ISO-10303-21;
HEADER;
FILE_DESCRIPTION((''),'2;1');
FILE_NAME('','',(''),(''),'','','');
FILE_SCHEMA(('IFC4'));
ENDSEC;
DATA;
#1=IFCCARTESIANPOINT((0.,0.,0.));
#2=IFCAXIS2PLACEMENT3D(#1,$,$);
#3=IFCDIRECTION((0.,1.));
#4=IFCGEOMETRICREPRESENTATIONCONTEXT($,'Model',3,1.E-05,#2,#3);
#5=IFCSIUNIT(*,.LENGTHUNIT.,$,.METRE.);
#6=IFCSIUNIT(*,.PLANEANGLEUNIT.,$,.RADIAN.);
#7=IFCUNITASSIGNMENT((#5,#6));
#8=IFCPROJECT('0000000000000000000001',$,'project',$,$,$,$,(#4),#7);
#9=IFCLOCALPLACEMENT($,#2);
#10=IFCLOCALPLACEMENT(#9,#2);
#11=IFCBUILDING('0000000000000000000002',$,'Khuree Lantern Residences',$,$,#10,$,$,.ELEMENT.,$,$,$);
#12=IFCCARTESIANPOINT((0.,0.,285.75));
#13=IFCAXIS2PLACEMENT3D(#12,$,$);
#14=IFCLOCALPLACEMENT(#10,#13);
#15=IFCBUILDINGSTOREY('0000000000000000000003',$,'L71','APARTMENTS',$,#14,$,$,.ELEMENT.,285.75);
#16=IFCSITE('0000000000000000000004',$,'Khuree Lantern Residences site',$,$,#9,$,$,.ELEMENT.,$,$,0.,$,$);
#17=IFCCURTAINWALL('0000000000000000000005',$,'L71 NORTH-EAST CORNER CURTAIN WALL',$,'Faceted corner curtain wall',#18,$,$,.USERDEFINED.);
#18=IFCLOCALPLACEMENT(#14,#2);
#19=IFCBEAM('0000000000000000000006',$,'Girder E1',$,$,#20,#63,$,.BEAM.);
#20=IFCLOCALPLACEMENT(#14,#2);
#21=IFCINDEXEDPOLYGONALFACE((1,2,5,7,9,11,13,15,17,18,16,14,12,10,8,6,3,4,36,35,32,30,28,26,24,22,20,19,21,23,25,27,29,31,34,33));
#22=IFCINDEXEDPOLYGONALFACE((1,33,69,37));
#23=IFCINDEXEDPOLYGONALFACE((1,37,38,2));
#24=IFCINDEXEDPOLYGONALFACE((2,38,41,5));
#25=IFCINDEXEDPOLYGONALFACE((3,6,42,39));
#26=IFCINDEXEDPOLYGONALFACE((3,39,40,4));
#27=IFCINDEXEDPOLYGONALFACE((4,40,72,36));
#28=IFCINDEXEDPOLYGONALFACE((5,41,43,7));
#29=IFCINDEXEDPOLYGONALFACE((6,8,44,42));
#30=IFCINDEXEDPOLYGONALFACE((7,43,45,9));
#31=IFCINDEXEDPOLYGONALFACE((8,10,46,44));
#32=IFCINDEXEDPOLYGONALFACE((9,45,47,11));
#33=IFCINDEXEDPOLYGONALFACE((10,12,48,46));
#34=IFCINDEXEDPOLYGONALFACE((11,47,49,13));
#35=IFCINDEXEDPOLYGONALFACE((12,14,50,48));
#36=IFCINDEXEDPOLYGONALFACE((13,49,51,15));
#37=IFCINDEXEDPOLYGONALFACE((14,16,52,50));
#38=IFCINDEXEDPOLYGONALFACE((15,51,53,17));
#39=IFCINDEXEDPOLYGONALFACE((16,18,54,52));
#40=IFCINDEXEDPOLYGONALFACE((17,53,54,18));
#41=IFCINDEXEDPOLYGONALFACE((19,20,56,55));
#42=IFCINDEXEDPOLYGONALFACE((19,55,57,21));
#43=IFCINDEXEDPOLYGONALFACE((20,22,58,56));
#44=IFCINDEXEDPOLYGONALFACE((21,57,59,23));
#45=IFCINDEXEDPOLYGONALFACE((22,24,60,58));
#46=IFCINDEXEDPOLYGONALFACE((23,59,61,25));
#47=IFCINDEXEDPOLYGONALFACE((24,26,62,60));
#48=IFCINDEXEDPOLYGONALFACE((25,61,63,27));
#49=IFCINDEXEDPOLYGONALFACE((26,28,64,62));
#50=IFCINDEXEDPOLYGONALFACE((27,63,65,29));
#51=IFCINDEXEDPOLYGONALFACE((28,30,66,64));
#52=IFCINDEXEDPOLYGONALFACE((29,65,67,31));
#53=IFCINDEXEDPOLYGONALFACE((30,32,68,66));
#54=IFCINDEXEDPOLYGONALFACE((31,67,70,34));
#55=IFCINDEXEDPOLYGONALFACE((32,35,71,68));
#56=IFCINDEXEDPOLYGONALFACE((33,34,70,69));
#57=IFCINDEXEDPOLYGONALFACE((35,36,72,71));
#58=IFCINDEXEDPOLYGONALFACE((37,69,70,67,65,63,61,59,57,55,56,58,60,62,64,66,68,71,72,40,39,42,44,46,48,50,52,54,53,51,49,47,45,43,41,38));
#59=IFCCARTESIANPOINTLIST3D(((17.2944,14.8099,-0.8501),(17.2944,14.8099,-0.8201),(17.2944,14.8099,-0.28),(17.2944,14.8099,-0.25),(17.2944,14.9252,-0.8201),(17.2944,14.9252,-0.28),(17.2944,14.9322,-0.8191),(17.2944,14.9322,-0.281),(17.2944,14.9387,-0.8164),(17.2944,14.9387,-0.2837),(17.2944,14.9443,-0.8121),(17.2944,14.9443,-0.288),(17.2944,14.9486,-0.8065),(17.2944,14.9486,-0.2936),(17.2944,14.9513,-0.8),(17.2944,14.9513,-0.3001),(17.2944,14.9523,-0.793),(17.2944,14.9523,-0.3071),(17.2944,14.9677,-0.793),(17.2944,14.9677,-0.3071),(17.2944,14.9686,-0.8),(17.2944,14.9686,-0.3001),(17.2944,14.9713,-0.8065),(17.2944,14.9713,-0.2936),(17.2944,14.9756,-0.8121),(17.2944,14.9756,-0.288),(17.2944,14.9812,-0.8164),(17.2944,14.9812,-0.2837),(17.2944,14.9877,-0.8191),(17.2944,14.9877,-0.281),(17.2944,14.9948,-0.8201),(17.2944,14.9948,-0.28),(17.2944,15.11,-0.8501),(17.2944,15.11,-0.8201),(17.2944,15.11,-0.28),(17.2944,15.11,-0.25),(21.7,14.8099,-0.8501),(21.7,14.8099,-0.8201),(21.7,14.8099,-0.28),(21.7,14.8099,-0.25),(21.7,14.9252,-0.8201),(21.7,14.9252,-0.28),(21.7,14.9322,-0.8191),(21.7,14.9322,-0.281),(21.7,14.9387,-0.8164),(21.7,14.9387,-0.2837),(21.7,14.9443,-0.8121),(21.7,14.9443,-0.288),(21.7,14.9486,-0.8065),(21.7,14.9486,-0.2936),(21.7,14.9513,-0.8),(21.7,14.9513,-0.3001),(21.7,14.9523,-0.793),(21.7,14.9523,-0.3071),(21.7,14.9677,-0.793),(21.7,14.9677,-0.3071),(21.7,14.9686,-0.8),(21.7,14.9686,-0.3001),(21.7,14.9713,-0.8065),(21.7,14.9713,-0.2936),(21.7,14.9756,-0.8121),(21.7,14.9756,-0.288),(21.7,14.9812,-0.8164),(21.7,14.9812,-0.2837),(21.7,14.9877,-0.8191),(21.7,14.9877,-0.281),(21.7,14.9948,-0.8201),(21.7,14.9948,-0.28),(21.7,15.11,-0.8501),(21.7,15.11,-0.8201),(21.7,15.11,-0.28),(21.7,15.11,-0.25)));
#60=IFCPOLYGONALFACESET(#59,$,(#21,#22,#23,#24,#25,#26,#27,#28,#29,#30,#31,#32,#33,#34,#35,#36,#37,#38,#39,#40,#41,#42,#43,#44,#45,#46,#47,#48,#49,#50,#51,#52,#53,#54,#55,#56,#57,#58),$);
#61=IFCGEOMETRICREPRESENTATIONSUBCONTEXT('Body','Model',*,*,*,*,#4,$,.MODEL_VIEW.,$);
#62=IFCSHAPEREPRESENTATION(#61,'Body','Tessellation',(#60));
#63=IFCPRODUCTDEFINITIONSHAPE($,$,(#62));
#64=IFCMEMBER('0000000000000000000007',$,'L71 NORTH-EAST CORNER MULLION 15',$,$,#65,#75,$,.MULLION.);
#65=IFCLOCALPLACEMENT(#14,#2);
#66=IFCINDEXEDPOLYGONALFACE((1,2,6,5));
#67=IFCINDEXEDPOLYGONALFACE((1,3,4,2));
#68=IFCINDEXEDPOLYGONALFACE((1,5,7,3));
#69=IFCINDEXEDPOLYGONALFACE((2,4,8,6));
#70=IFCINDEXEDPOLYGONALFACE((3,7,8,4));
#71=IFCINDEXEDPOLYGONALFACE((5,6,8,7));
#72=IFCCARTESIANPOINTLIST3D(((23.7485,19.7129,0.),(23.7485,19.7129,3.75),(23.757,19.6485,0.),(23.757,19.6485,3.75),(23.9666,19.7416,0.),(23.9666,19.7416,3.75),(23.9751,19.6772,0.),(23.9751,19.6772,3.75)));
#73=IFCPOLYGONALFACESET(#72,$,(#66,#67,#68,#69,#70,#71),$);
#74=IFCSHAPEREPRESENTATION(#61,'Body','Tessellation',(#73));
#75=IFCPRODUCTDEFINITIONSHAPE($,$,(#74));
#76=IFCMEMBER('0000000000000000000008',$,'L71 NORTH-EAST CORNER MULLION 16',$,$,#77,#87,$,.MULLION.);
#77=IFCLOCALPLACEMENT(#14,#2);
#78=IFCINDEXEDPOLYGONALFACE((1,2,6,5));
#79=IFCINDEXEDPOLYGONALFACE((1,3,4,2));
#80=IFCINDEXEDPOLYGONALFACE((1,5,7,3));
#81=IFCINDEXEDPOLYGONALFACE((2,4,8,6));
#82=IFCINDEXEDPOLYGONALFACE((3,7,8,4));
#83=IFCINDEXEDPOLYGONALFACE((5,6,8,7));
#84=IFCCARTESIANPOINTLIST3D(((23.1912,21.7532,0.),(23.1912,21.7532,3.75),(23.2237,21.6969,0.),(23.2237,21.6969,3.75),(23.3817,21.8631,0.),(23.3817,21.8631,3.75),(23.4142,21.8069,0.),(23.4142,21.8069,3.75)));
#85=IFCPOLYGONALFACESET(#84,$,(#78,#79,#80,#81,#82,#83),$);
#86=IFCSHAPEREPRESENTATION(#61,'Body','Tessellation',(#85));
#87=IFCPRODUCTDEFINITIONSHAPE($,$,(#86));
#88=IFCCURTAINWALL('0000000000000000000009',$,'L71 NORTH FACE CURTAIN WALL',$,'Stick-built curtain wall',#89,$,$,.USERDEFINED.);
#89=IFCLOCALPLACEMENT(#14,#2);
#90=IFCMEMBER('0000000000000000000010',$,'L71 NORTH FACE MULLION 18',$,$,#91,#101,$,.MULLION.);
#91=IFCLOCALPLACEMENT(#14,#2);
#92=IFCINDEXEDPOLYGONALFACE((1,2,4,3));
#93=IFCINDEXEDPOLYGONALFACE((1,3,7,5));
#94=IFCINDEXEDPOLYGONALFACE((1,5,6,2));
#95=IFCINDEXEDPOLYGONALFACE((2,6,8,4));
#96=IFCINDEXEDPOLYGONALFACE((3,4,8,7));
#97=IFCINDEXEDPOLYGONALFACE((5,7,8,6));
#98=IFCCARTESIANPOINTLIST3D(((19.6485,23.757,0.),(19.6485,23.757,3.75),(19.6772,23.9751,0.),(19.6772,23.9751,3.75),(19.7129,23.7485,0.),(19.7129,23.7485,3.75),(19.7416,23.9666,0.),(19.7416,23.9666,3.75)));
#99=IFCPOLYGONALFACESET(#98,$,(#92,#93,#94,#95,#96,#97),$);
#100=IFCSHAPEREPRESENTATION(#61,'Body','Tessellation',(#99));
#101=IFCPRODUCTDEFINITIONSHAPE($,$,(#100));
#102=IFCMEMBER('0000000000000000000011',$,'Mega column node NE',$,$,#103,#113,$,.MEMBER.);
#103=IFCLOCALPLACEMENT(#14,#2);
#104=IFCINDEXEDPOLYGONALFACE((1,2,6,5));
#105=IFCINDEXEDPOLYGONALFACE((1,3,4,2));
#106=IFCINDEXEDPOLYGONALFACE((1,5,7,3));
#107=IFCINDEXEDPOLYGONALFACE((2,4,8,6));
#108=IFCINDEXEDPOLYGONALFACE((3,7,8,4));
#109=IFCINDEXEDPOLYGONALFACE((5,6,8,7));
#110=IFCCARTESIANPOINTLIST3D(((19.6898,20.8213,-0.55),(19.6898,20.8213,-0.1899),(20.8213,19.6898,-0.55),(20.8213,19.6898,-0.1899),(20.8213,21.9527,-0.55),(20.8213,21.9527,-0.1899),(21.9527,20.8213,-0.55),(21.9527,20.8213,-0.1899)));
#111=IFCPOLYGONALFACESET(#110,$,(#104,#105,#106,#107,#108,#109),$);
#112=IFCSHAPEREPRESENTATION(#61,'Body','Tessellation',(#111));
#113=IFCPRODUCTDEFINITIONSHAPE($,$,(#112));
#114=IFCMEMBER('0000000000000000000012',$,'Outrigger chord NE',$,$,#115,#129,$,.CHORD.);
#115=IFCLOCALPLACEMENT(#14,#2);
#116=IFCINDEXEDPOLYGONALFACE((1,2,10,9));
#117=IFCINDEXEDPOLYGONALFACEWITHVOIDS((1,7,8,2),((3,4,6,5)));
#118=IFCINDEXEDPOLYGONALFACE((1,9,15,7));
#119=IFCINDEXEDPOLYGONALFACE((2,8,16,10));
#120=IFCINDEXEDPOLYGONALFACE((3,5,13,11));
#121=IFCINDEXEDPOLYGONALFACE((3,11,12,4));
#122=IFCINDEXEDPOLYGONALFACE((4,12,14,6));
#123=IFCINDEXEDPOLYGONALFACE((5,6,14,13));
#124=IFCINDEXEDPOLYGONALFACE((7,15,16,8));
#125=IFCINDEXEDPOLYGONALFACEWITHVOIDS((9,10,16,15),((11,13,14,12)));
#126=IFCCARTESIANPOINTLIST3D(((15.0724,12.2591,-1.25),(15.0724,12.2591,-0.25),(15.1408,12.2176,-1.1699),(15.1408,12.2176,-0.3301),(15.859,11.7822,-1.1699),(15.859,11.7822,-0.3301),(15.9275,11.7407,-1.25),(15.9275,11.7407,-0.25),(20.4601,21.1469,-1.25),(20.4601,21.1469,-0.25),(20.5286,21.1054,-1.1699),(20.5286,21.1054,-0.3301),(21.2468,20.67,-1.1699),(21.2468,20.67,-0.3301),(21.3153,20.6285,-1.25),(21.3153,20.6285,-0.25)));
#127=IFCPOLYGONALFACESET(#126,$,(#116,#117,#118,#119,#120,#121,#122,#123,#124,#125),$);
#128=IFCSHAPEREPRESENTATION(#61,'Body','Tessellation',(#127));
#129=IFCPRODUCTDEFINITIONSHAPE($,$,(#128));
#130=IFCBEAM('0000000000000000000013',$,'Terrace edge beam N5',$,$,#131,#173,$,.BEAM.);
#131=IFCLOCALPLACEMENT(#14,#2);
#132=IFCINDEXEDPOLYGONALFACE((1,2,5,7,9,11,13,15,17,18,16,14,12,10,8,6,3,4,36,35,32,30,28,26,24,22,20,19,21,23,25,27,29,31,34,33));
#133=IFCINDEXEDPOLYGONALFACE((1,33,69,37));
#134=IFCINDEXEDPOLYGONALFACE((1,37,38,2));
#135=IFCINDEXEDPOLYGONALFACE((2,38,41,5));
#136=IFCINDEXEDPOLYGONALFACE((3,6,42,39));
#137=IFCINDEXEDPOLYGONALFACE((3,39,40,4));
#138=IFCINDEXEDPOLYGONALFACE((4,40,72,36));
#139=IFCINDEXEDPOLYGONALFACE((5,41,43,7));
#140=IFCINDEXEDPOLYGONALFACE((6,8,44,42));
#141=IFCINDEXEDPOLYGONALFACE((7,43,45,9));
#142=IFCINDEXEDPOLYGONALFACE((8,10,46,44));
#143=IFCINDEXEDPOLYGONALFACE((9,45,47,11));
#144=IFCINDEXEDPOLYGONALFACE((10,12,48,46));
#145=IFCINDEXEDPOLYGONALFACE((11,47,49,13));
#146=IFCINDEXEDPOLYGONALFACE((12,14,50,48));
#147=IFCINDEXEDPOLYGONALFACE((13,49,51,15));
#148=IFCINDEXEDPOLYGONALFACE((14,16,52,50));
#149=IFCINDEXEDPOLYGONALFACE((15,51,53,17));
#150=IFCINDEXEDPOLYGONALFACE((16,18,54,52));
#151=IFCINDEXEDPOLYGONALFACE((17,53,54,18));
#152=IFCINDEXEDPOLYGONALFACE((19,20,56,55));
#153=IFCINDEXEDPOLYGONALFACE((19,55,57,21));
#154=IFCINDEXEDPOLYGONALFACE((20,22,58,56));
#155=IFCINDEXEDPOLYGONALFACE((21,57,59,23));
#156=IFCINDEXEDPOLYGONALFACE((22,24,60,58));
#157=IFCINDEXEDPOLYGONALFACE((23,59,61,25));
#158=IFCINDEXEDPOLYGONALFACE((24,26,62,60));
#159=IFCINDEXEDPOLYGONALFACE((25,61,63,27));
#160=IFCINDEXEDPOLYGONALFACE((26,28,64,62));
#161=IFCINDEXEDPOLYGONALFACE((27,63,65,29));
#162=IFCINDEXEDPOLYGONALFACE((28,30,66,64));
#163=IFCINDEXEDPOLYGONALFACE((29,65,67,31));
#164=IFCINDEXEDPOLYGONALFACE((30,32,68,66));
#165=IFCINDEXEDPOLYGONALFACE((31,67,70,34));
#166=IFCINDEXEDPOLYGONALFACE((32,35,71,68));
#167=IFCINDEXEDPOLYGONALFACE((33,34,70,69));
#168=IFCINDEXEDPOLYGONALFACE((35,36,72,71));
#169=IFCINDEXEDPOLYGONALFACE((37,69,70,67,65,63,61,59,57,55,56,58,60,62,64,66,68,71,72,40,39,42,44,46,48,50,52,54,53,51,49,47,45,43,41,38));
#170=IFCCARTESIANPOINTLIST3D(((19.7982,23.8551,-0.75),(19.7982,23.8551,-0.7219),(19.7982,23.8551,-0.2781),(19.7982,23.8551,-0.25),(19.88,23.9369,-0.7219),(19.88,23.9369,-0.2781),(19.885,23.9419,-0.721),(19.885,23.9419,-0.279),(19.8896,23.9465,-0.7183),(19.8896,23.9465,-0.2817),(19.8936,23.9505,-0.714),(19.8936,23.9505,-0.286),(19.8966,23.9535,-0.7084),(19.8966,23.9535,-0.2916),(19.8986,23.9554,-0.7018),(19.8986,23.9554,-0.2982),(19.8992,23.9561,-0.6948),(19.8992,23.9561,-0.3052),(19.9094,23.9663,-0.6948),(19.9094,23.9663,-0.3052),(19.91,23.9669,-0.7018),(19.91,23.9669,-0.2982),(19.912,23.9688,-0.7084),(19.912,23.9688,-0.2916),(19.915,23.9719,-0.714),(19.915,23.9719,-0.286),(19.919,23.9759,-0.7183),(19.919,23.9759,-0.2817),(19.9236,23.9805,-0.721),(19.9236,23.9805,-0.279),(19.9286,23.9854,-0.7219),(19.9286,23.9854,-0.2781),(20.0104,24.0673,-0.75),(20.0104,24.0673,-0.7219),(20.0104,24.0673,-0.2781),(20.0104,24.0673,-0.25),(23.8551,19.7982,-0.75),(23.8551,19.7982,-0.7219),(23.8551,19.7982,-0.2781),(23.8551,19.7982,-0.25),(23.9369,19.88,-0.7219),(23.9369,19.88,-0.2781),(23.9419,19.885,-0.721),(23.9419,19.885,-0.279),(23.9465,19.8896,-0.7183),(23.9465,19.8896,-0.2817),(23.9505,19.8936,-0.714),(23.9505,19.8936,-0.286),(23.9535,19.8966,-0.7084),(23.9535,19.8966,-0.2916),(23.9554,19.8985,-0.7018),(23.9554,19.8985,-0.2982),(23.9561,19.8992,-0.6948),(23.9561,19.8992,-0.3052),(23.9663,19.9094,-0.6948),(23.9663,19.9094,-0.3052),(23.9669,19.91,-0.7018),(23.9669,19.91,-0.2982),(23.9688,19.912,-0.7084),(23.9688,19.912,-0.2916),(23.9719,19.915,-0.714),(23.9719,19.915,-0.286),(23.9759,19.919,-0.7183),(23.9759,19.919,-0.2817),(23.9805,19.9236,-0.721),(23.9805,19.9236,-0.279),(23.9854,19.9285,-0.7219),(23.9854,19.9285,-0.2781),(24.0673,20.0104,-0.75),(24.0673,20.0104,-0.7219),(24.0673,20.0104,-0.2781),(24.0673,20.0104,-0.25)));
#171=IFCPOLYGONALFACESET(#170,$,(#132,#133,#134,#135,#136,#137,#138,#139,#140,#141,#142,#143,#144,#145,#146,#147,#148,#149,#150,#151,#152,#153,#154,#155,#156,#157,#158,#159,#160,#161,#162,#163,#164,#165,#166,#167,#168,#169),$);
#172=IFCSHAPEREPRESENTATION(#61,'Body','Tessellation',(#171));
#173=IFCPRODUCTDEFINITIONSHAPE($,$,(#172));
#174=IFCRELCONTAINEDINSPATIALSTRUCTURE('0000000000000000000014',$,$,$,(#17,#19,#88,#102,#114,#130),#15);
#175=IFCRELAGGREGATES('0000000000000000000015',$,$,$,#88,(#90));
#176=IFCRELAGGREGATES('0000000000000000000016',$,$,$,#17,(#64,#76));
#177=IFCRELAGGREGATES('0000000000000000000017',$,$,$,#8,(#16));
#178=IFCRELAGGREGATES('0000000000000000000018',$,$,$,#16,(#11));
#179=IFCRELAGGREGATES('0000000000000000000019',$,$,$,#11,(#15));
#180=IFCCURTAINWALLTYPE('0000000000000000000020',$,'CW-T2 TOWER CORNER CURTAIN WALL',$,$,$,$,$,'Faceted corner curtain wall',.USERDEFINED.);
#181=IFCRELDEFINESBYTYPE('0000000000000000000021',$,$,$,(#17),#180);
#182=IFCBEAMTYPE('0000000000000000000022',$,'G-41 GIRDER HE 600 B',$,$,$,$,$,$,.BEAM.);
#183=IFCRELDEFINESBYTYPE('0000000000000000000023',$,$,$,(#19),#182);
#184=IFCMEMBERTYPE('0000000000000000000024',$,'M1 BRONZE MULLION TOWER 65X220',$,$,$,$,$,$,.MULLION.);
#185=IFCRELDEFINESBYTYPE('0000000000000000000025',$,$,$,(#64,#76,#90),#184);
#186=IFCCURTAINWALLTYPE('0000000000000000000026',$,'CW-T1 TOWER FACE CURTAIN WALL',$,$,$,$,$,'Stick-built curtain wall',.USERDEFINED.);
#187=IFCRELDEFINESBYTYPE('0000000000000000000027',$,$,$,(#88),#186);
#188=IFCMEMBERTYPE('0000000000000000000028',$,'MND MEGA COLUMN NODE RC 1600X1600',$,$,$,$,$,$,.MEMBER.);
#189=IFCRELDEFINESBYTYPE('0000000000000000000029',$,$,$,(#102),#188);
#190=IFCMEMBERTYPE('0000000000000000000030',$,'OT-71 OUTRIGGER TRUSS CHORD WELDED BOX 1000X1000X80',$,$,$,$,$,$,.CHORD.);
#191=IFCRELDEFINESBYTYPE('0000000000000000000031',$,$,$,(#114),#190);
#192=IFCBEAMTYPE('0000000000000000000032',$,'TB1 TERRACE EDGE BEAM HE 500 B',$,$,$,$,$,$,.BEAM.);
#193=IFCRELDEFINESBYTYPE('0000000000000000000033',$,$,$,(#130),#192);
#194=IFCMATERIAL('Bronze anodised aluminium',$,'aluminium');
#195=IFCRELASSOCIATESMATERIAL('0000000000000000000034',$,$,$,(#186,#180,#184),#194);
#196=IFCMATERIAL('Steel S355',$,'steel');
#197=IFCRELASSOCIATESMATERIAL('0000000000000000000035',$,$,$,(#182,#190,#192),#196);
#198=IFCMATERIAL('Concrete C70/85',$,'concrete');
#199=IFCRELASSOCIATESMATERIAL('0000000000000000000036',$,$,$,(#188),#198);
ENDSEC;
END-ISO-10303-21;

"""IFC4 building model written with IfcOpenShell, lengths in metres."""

from ifc_helpers import new_model, si_unit, direction, frame, origin, origin_2d, place, context, subcontext, project, spatial, rectangle, hollow_rectangle, i_section, extrude, material, material_profile, profile_set, type_object, element, aggregate, save


model = new_model("IFC4")

# Units and contexts
model_context = context("Model", 3, precision=1e-05, world=origin(), true_north=direction((0.0, 1.0)))
body_context = subcontext(model_context, "Body", "Model", "MODEL_VIEW")
ifc_project = project(units=[si_unit("LENGTHUNIT", "METRE"), si_unit("PLANEANGLEUNIT", "RADIAN")], contexts=[model_context])

# Site, building, storey
site_placement = place(None, origin())
site = spatial("IfcSite", under=ifc_project, at=site_placement, Name="Khuree Lantern Residences site", CompositionType="ELEMENT", RefElevation=0.0)
building_placement = place(site_placement, origin())
building = spatial("IfcBuilding", under=site, at=building_placement, Name="Khuree Lantern Residences", CompositionType="ELEMENT")
storey_placement = place(building_placement, frame((0.0, 0.0, 285.75)))
storey = spatial("IfcBuildingStorey", under=building, at=storey_placement, Name="L71", Description="APARTMENTS", CompositionType="ELEMENT", Elevation=285.75)

# Shared definitions
ifc_material_1 = material(Name="Concrete C70/85", Category="concrete")

# Shared definitions
ifc_material_2 = material(Name="Steel S355", Category="steel")

# Curtain wall
ifc_material_3 = material(Name="Bronze anodised aluminium", Category="aluminium")
curtain_wall_type_1 = type_object("IfcCurtainWallType", Name="CW-T1 TOWER FACE CURTAIN WALL", ElementType="Stick-built curtain wall", PredefinedType="USERDEFINED", material=ifc_material_3)
curtain_wall_type_2 = type_object("IfcCurtainWallType", Name="CW-T2 TOWER CORNER CURTAIN WALL", ElementType="Faceted corner curtain wall", PredefinedType="USERDEFINED", material=ifc_material_3)
curtain_wall_1_placement = place(storey_placement, origin())
curtain_wall_1 = element("IfcCurtainWall", 1, at=curtain_wall_1_placement, inside=storey, type_object=curtain_wall_type_2, Name="L71 NORTH-EAST CORNER CURTAIN WALL", ObjectType="Faceted corner curtain wall", PredefinedType="USERDEFINED")

# Beam
ifc_material_profile_1 = material_profile(ifc_material_2, i_section(OverallWidth=0.3, OverallDepth=0.6001, WebThickness=0.0154, FlangeThickness=0.03, FilletRadius=0.0271, at=origin_2d()), Name="HE 600 B")
ifc_profile_set_1 = profile_set([ifc_material_profile_1], Name="Steel S355")
beam_type_1 = type_object("IfcBeamType", Name="G-41 GIRDER HE 600 B", PredefinedType="BEAM", material=ifc_profile_set_1)
beam_1_placement = place(storey_placement, frame((21.7, 14.96, -0.55), z_axis=(-1.0, 0.0, 0.0), x_axis=(0.0, -1.0, 0.0)))
element("IfcBeam", 2, at=beam_1_placement, inside=storey, type_object=beam_type_1, Name="Girder E1", PredefinedType="BEAM", context=body_context, shape_type="SweptSolid", body=[
    extrude(i_section(OverallWidth=0.3, OverallDepth=0.6001, WebThickness=0.0154, FlangeThickness=0.03, FilletRadius=0.0271, at=origin_2d()), origin(), (0.0, 0.0, 1.0), 4.4055),
])

# Members
ifc_material_profile_2 = material_profile(ifc_material_3, rectangle(XDim=0.0649, YDim=0.22, at=origin_2d()), Name="M1 65X220")
ifc_profile_set_2 = profile_set([ifc_material_profile_2], Name="Bronze anodised aluminium")
member_type_1 = type_object("IfcMemberType", Name="M1 BRONZE MULLION TOWER 65X220", PredefinedType="MULLION", material=ifc_profile_set_2)
member_1_placement = place(storey_placement, frame((23.8618, 19.6951, 0.0), z_axis=(0.0, 0.0, 1.0), x_axis=(-0.130526, 0.991445, 0.0)))
member_1 = element("IfcMember", 3, at=member_1_placement, type_object=member_type_1, Name="L71 NORTH-EAST CORNER MULLION 15", PredefinedType="MULLION", context=body_context, shape_type="SweptSolid", body=[
    extrude(rectangle(XDim=0.0649, YDim=0.22, at=origin_2d()), origin(), (0.0, 0.0, 1.0), 3.75),
])
member_2_placement = place(storey_placement, frame((23.3027, 21.78, 0.0), z_axis=(0.0, 0.0, 1.0), x_axis=(-0.5, 0.866025, 0.0)))
member_2 = element("IfcMember", 4, at=member_2_placement, type_object=member_type_1, Name="L71 NORTH-EAST CORNER MULLION 16", PredefinedType="MULLION", context=body_context, shape_type="SweptSolid", body=[
    extrude(rectangle(XDim=0.0649, YDim=0.22, at=origin_2d()), origin(), (0.0, 0.0, 1.0), 3.75),
])

# Curtain wall, member
curtain_wall_2_placement = place(storey_placement, origin())
curtain_wall_2 = element("IfcCurtainWall", 5, at=curtain_wall_2_placement, inside=storey, type_object=curtain_wall_type_1, Name="L71 NORTH FACE CURTAIN WALL", ObjectType="Stick-built curtain wall", PredefinedType="USERDEFINED")
member_3_placement = place(storey_placement, frame((19.6951, 23.8618, 0.0), z_axis=(0.0, 0.0, 1.0), x_axis=(-0.991445, 0.130526, 0.0)))
member_3 = element("IfcMember", 6, at=member_3_placement, type_object=member_type_1, Name="L71 NORTH FACE MULLION 18", PredefinedType="MULLION", context=body_context, shape_type="SweptSolid", body=[
    extrude(rectangle(XDim=0.0649, YDim=0.22, at=origin_2d()), origin(), (0.0, 0.0, 1.0), 3.75),
])

# Members
ifc_material_profile_3 = material_profile(ifc_material_1, rectangle(XDim=1.6001, YDim=1.6001, at=origin_2d()), Name="RC 1600X1600")
ifc_profile_set_3 = profile_set([ifc_material_profile_3], Name="Concrete C70/85")
member_type_2 = type_object("IfcMemberType", Name="MND MEGA COLUMN NODE RC 1600X1600", PredefinedType="MEMBER", material=ifc_profile_set_3)
member_4_placement = place(storey_placement, frame((20.8213, 20.8213, -0.55), z_axis=(0.0, 0.0, 1.0), x_axis=(0.707107, -0.707107, 0.0)))
element("IfcMember", 7, at=member_4_placement, inside=storey, type_object=member_type_2, Name="Mega column node NE", PredefinedType="MEMBER", context=body_context, shape_type="SweptSolid", body=[
    extrude(rectangle(XDim=1.6001, YDim=1.6001, at=origin_2d()), origin(), (0.0, 0.0, 1.0), 0.3601),
])
ifc_material_profile_4 = material_profile(ifc_material_2, hollow_rectangle(XDim=1.0, YDim=1.0, WallThickness=0.0801, at=origin_2d()), Name="WELDED BOX 1000X1000X80")
ifc_profile_set_4 = profile_set([ifc_material_profile_4], Name="Steel S355")
member_type_3 = type_object("IfcMemberType", Name="OT-71 OUTRIGGER TRUSS CHORD WELDED BOX 1000X1000X80", PredefinedType="CHORD", material=ifc_profile_set_4)
member_5_placement = place(storey_placement, frame((20.8877, 20.8877, -0.75), z_axis=(-0.518387, -0.855146, 0.0), x_axis=(0.855146, -0.518387, 0.0)))
element("IfcMember", 8, at=member_5_placement, inside=storey, type_object=member_type_3, Name="Outrigger chord NE", PredefinedType="CHORD", context=body_context, shape_type="SweptSolid", body=[
    extrude(hollow_rectangle(XDim=1.0, YDim=1.0, WallThickness=0.0801, at=origin_2d()), origin(), (0.0, 0.0, 1.0), 10.3933),
])

# Beam
ifc_material_profile_5 = material_profile(ifc_material_2, i_section(OverallWidth=0.3, OverallDepth=0.5, WebThickness=0.0144, FlangeThickness=0.0281, FilletRadius=0.0271, at=origin_2d()), Name="HE 500 B")
ifc_profile_set_5 = profile_set([ifc_material_profile_5], Name="Steel S355")
beam_type_2 = type_object("IfcBeamType", Name="TB1 TERRACE EDGE BEAM HE 500 B", PredefinedType="BEAM", material=ifc_profile_set_5)
beam_2_placement = place(storey_placement, frame((19.9043, 23.9612, -0.5), z_axis=(0.707107, -0.707107, 0.0), x_axis=(0.707107, 0.707107, 0.0)))
element("IfcBeam", 9, at=beam_2_placement, inside=storey, type_object=beam_type_2, Name="Terrace edge beam N5", PredefinedType="BEAM", context=body_context, shape_type="SweptSolid", body=[
    extrude(i_section(OverallWidth=0.3, OverallDepth=0.5, WebThickness=0.0144, FlangeThickness=0.0281, FilletRadius=0.0271, at=origin_2d()), origin(), (0.0, 0.0, 1.0), 5.7373),
])

aggregate(curtain_wall_2, [member_3])

aggregate(curtain_wall_1, [member_1, member_2])

save(model, "model.ifc")
